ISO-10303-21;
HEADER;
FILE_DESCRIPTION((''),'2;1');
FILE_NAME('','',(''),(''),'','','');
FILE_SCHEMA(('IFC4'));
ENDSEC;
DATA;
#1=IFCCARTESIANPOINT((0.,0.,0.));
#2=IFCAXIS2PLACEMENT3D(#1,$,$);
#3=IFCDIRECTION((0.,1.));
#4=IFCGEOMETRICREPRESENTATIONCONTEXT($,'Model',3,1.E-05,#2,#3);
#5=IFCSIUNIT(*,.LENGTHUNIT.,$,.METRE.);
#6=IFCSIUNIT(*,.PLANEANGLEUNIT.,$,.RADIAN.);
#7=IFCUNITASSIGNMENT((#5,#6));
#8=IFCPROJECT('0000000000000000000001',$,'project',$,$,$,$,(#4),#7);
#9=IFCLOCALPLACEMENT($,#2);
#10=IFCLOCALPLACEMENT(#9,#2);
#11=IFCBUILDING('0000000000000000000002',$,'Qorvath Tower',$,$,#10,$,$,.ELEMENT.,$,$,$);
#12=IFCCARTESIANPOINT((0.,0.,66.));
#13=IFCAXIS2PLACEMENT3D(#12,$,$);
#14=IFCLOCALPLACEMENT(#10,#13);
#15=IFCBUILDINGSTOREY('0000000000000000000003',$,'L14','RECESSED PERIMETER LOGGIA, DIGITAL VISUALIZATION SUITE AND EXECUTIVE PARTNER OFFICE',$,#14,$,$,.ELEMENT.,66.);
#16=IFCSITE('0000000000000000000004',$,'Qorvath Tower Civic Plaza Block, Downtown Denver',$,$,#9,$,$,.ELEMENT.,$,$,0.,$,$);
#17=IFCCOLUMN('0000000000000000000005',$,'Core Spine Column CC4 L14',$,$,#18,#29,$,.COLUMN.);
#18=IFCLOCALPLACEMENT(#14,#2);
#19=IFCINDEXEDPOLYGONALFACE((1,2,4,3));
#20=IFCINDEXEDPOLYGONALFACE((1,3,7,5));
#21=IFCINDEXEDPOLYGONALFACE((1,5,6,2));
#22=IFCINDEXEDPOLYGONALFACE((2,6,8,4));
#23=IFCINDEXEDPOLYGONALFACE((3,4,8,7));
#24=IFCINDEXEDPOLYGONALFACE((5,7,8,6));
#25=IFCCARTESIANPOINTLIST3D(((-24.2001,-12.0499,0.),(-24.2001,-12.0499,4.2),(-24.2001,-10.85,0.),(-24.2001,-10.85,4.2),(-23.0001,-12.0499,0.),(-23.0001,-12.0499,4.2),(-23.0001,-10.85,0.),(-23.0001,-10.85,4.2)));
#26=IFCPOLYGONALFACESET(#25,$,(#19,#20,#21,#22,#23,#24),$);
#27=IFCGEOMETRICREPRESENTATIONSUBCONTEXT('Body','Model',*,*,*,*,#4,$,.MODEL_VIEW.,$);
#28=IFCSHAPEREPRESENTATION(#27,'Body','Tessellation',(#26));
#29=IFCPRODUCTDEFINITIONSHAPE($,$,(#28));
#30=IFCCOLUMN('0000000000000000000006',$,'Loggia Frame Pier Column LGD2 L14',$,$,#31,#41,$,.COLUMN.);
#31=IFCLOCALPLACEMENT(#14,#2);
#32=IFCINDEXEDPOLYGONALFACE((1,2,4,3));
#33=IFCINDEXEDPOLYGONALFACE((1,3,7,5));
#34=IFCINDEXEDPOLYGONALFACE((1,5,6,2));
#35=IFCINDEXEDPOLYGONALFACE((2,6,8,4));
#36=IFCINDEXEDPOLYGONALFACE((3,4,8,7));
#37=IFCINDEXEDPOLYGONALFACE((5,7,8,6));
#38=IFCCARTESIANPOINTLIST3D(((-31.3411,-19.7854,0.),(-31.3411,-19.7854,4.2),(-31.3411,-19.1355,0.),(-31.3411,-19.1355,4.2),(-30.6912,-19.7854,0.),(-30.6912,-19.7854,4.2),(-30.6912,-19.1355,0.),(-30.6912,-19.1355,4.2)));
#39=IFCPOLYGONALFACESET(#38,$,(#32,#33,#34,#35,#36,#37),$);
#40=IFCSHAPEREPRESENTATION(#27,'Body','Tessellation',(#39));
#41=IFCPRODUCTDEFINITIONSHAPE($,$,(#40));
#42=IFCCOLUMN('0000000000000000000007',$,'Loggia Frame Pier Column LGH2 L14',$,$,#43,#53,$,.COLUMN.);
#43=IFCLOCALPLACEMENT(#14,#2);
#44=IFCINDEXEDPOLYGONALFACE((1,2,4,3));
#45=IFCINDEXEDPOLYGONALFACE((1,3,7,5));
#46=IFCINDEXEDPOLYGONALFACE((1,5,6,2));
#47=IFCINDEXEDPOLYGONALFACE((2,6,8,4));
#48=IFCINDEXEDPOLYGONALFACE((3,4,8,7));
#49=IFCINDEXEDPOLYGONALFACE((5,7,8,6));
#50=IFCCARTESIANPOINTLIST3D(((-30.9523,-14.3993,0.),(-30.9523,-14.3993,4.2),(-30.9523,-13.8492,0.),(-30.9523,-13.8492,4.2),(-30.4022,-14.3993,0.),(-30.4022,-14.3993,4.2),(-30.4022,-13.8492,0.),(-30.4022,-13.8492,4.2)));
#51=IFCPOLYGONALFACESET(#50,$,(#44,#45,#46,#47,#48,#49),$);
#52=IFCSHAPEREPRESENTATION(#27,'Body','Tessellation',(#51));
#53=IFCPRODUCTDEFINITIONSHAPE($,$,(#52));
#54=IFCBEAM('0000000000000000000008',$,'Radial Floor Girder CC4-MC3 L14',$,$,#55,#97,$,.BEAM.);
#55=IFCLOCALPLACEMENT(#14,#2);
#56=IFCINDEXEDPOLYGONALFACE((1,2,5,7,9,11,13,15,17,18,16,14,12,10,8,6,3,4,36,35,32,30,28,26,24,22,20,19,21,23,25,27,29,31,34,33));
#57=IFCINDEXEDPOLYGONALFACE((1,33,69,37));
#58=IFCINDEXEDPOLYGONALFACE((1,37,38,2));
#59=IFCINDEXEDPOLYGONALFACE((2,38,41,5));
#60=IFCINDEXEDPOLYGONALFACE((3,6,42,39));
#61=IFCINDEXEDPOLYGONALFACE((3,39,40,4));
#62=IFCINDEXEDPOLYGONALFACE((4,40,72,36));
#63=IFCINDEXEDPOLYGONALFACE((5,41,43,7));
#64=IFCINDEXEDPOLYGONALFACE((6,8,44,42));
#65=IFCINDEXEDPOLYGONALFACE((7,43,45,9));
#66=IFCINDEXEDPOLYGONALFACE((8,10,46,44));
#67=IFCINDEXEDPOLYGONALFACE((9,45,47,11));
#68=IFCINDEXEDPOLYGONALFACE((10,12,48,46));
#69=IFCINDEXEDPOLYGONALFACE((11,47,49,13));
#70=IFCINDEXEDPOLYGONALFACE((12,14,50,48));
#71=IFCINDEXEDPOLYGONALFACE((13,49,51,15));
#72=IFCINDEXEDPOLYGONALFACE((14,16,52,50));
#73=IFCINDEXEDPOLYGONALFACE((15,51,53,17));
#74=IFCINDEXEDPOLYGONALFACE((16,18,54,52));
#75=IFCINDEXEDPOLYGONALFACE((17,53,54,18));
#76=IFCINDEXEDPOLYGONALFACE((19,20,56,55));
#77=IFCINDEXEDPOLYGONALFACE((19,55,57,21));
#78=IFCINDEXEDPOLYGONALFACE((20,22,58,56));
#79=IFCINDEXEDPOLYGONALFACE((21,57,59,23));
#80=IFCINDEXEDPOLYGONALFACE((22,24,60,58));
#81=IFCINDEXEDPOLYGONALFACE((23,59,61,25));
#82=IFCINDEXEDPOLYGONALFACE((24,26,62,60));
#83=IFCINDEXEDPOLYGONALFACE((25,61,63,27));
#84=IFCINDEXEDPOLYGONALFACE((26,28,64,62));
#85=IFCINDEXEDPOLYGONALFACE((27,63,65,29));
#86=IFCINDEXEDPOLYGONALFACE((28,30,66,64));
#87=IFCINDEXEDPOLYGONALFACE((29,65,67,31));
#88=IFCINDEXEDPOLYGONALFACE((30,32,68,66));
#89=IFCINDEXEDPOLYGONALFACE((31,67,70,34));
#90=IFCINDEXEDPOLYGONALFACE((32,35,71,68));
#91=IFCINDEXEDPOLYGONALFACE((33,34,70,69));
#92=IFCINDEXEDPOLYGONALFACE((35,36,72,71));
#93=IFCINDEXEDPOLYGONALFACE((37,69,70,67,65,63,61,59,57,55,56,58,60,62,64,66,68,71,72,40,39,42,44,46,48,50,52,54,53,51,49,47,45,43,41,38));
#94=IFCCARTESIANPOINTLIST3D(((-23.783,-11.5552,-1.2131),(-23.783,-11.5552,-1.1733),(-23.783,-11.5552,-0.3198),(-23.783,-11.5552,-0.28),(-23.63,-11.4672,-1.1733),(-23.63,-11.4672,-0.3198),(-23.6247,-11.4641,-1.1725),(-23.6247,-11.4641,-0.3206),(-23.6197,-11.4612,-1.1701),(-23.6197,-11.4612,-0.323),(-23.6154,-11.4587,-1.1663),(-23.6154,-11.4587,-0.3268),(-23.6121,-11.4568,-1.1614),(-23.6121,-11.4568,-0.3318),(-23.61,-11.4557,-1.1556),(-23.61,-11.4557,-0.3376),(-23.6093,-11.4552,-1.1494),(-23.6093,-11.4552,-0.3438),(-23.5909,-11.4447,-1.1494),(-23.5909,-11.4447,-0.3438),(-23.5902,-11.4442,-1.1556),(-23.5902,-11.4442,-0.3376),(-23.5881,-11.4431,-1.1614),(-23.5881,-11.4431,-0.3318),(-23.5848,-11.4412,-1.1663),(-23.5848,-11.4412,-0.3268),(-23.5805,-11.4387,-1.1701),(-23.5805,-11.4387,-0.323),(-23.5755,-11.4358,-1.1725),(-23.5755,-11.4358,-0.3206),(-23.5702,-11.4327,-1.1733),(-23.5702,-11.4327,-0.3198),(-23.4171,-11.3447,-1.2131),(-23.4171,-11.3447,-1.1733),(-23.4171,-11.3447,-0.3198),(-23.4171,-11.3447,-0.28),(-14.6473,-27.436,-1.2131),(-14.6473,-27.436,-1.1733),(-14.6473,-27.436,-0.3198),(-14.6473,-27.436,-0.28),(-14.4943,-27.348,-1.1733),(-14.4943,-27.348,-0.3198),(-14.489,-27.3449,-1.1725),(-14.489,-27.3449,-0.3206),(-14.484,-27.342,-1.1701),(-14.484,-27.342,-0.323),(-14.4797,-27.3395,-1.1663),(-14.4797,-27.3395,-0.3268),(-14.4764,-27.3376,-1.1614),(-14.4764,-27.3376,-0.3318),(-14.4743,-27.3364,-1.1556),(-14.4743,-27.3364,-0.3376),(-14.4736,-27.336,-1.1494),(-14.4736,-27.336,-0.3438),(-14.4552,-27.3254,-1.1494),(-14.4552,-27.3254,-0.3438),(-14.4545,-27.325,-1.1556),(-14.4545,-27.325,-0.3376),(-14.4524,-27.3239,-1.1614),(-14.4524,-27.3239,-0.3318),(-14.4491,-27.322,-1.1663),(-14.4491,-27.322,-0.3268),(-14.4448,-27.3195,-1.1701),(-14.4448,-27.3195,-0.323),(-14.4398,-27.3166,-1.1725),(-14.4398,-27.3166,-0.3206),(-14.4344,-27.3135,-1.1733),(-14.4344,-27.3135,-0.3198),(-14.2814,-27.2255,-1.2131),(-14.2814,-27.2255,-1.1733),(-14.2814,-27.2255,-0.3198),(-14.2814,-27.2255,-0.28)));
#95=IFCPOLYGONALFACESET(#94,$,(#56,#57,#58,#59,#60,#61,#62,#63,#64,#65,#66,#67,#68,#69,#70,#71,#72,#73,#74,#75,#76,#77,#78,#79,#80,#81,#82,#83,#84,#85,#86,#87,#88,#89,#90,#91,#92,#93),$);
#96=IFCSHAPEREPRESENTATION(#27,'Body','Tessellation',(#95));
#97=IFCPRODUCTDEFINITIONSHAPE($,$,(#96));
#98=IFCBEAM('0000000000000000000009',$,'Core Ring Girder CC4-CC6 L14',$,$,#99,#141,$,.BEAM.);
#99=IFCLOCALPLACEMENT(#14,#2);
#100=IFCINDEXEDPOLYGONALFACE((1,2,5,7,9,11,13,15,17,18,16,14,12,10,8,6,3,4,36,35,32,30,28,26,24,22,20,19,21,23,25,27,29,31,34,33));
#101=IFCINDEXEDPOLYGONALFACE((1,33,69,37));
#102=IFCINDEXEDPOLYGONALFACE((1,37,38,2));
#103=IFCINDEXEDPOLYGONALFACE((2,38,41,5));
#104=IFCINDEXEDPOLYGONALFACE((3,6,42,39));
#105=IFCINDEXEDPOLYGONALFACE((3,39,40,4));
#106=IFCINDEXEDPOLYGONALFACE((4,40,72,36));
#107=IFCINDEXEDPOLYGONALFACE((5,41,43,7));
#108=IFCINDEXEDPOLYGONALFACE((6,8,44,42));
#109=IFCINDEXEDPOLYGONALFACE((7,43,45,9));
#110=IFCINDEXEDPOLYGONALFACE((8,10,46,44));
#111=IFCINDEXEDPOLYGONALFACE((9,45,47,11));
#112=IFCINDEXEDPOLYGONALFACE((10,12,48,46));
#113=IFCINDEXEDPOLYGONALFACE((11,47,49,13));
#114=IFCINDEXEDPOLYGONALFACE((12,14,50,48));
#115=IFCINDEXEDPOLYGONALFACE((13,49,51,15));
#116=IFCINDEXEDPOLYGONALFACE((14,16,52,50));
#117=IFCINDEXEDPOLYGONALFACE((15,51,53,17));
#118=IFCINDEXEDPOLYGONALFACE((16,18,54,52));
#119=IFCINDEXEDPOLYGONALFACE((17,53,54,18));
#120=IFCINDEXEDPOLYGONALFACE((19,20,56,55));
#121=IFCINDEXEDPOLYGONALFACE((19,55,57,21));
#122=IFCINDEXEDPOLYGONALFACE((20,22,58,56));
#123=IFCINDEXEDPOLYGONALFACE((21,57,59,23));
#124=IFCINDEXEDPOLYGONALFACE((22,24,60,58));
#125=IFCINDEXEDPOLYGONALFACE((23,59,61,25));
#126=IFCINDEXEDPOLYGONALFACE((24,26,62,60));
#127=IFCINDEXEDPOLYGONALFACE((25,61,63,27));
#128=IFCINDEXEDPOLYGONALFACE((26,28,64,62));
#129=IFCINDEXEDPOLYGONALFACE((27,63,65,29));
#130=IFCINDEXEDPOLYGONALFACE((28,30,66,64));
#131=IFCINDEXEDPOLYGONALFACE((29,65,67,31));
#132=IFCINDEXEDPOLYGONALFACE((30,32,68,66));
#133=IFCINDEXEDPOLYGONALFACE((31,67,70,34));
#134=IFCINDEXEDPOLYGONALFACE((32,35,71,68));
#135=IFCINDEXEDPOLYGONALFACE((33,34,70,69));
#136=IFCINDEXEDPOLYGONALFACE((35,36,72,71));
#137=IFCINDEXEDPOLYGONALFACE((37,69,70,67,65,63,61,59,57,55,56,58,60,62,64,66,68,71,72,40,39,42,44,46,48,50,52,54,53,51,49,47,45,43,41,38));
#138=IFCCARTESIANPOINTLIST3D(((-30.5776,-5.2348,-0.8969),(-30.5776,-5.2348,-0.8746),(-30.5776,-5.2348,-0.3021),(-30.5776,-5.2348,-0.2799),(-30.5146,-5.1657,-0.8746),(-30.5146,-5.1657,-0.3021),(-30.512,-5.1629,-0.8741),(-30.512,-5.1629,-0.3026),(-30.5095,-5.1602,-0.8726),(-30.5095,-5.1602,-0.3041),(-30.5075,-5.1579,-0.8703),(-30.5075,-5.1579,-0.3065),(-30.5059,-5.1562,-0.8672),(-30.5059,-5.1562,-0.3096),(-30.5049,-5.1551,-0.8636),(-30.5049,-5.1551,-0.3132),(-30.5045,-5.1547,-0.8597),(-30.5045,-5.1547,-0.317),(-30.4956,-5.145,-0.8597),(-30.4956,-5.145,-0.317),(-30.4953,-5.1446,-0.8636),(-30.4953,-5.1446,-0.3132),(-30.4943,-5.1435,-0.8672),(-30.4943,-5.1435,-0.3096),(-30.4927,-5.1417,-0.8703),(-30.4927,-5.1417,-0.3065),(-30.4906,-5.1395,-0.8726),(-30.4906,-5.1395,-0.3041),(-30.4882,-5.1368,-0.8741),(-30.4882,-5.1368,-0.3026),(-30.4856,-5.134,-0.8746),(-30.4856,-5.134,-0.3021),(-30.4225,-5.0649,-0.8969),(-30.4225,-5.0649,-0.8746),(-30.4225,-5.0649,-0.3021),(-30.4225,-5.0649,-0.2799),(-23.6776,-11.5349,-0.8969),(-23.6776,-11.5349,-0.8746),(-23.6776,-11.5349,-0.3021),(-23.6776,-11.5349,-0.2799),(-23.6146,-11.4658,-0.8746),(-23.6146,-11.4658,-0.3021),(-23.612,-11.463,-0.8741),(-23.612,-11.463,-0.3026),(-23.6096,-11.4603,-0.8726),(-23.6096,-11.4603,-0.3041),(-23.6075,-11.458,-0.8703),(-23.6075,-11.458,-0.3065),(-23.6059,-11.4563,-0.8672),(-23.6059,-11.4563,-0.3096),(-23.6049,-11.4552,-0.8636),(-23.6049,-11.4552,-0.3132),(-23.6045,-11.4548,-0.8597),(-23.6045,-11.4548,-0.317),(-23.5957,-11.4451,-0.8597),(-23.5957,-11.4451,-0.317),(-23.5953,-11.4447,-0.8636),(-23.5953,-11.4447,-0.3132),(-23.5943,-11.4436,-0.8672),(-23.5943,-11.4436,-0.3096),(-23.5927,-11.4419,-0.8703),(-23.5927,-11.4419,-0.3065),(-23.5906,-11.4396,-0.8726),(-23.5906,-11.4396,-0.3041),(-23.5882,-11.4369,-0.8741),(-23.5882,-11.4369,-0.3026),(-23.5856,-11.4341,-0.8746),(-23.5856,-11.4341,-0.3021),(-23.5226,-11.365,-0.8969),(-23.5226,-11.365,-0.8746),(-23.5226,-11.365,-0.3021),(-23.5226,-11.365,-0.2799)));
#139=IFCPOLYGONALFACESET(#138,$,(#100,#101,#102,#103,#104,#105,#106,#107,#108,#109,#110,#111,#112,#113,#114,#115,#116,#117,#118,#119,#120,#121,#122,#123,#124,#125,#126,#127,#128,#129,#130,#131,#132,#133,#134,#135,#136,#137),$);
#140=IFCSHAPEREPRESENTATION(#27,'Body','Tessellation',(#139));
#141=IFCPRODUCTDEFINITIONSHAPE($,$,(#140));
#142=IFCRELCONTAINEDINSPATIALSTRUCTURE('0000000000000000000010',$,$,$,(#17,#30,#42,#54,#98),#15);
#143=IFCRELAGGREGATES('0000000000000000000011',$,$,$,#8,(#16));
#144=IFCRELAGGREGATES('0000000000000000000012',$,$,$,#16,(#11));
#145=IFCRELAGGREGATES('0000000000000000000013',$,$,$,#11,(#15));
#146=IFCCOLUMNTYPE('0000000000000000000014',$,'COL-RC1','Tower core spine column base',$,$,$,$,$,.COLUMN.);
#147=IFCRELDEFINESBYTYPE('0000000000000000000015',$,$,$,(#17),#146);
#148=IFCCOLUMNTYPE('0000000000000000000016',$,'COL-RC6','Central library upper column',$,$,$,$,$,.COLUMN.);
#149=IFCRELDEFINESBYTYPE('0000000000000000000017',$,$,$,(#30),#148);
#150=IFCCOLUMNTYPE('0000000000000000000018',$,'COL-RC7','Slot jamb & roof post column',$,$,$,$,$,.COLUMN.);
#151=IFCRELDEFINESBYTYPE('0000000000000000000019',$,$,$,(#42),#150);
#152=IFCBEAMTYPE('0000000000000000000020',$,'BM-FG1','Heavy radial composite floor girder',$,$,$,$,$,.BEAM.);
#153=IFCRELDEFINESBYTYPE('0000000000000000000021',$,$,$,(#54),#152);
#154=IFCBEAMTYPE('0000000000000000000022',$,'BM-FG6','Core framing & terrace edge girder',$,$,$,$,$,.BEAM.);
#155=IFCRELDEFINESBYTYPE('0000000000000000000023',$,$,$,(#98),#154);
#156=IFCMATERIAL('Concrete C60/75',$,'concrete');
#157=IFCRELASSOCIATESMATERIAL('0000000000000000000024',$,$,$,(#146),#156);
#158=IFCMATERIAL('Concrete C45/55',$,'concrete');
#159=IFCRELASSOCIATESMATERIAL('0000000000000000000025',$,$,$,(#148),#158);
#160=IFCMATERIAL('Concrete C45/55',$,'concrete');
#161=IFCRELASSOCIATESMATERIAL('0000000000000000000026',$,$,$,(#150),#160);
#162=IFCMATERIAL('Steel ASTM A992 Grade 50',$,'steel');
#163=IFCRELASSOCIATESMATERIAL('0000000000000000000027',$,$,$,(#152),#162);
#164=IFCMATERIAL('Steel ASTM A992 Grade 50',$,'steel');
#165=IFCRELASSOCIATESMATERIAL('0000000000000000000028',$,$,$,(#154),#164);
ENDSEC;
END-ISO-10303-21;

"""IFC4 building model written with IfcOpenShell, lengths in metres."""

from ifc_helpers import new_model, si_unit, direction, frame, origin, origin_2d, place, context, subcontext, project, spatial, rectangle, i_section, extrude, material, material_profile, profile_set, type_object, element, save


model = new_model("IFC4")

# Units and contexts
model_context = context("Model", 3, precision=1e-05, world=origin(), true_north=direction((0.0, 1.0)))
body_context = subcontext(model_context, "Body", "Model", "MODEL_VIEW")
ifc_project = project(units=[si_unit("LENGTHUNIT", "METRE"), si_unit("PLANEANGLEUNIT", "RADIAN")], contexts=[model_context])

# Site, building, storey
site_placement = place(None, origin())
site = spatial("IfcSite", under=ifc_project, at=site_placement, Name="Qorvath Tower Civic Plaza Block, Downtown Denver", CompositionType="ELEMENT", RefElevation=0.0)
building_placement = place(site_placement, origin())
building = spatial("IfcBuilding", under=site, at=building_placement, Name="Qorvath Tower", CompositionType="ELEMENT")
storey_placement = place(building_placement, frame((0.0, 0.0, 66.0)))
storey = spatial("IfcBuildingStorey", under=building, at=storey_placement, Name="L14", Description="RECESSED PERIMETER LOGGIA, DIGITAL VISUALIZATION SUITE AND EXECUTIVE PARTNER OFFICE", CompositionType="ELEMENT", Elevation=66.0)

# Columns
ifc_material_1 = material(Name="Concrete C60/75", Category="concrete")
ifc_material_profile_1 = material_profile(ifc_material_1, rectangle(XDim=1.2, YDim=1.2, at=origin_2d()), Name="RC 1200x1200")
ifc_profile_set_1 = profile_set([ifc_material_profile_1], Name="Concrete C60/75")
column_type_1 = type_object("IfcColumnType", Name="COL-RC1", Description="Tower core spine column base", PredefinedType="COLUMN", material=ifc_profile_set_1)
column_1_placement = place(storey_placement, frame((-23.6001, -11.45, 0.0), z_axis=(0.0, 0.0, 1.0), x_axis=(1.0, 0.0, 0.0)))
element("IfcColumn", 1, at=column_1_placement, inside=storey, type_object=column_type_1, Name="Core Spine Column CC4 L14", PredefinedType="COLUMN", context=body_context, shape_type="SweptSolid", body=[
    extrude(rectangle(XDim=1.2, YDim=1.2, at=origin_2d()), origin(), (0.0, 0.0, 1.0), 4.2),
])
ifc_material_2 = material(Name="Concrete C45/55", Category="concrete")
ifc_material_profile_2 = material_profile(ifc_material_2, rectangle(XDim=0.6499, YDim=0.6499, at=origin_2d()), Name="RC 650x650")
ifc_profile_set_2 = profile_set([ifc_material_profile_2], Name="Concrete C45/55")
column_type_2 = type_object("IfcColumnType", Name="COL-RC6", Description="Central library upper column", PredefinedType="COLUMN", material=ifc_profile_set_2)
column_2_placement = place(storey_placement, frame((-31.0161, -19.4604, 0.0), z_axis=(0.0, 0.0, 1.0), x_axis=(1.0, 0.0, 0.0)))
element("IfcColumn", 2, at=column_2_placement, inside=storey, type_object=column_type_2, Name="Loggia Frame Pier Column LGD2 L14", PredefinedType="COLUMN", context=body_context, shape_type="SweptSolid", body=[
    extrude(rectangle(XDim=0.6499, YDim=0.6499, at=origin_2d()), origin(), (0.0, 0.0, 1.0), 4.2),
])
ifc_material_3 = material(Name="Concrete C45/55", Category="concrete")
ifc_material_profile_3 = material_profile(ifc_material_3, rectangle(XDim=0.55, YDim=0.55, at=origin_2d()), Name="RC 550x550")
ifc_profile_set_3 = profile_set([ifc_material_profile_3], Name="Concrete C45/55")
column_type_3 = type_object("IfcColumnType", Name="COL-RC7", Description="Slot jamb & roof post column", PredefinedType="COLUMN", material=ifc_profile_set_3)
column_3_placement = place(storey_placement, frame((-30.6772, -14.1243, 0.0), z_axis=(0.0, 0.0, 1.0), x_axis=(1.0, 0.0, 0.0)))
element("IfcColumn", 3, at=column_3_placement, inside=storey, type_object=column_type_3, Name="Loggia Frame Pier Column LGH2 L14", PredefinedType="COLUMN", context=body_context, shape_type="SweptSolid", body=[
    extrude(rectangle(XDim=0.55, YDim=0.55, at=origin_2d()), origin(), (0.0, 0.0, 1.0), 4.2),
])

# Beams
ifc_material_4 = material(Name="Steel ASTM A992 Grade 50", Category="steel")
ifc_material_profile_4 = material_profile(ifc_material_4, i_section(OverallWidth=0.4221, OverallDepth=0.9331, WebThickness=0.0212, FlangeThickness=0.0398, FilletRadius=0.0239, at=origin_2d()), Name="W36x262")
ifc_profile_set_4 = profile_set([ifc_material_profile_4], Name="Steel ASTM A992 Grade 50")
beam_type_1 = type_object("IfcBeamType", Name="BM-FG1", Description="Heavy radial composite floor girder", PredefinedType="BEAM", material=ifc_profile_set_4)
beam_1_placement = place(storey_placement, frame((-23.6001, -11.45, -0.7466), z_axis=(0.498645, -0.866806, 0.0), x_axis=(0.866806, 0.498645, 0.0)))
element("IfcBeam", 4, at=beam_1_placement, inside=storey, type_object=beam_type_1, Name="Radial Floor Girder CC4-MC3 L14", PredefinedType="BEAM", context=body_context, shape_type="SweptSolid", body=[
    extrude(i_section(OverallWidth=0.4221, OverallDepth=0.9331, WebThickness=0.0212, FlangeThickness=0.0398, FilletRadius=0.0239, at=origin_2d()), origin(), (0.0, 0.0, 1.0), 18.321),
])
ifc_material_5 = material(Name="Steel ASTM A992 Grade 50", Category="steel")
ifc_material_profile_5 = material_profile(ifc_material_5, i_section(OverallWidth=0.23, OverallDepth=0.6169, WebThickness=0.0132, FlangeThickness=0.0222, FilletRadius=0.0149, at=origin_2d()), Name="W24x94")
ifc_profile_set_5 = profile_set([ifc_material_profile_5], Name="Steel ASTM A992 Grade 50")
beam_type_2 = type_object("IfcBeamType", Name="BM-FG6", Description="Core framing & terrace edge girder", PredefinedType="BEAM", material=ifc_profile_set_5)
beam_2_placement = place(storey_placement, frame((-23.6001, -11.45, -0.5884), z_axis=(-0.738478, 0.674277, 0.0), x_axis=(-0.674277, -0.738478, 0.0)))
element("IfcBeam", 5, at=beam_2_placement, inside=storey, type_object=beam_type_2, Name="Core Ring Girder CC4-CC6 L14", PredefinedType="BEAM", context=body_context, shape_type="SweptSolid", body=[
    extrude(i_section(OverallWidth=0.23, OverallDepth=0.6169, WebThickness=0.0132, FlangeThickness=0.0222, FilletRadius=0.0149, at=origin_2d()), origin(), (0.0, 0.0, 1.0), 9.3435),
])

save(model, "model.ifc")
